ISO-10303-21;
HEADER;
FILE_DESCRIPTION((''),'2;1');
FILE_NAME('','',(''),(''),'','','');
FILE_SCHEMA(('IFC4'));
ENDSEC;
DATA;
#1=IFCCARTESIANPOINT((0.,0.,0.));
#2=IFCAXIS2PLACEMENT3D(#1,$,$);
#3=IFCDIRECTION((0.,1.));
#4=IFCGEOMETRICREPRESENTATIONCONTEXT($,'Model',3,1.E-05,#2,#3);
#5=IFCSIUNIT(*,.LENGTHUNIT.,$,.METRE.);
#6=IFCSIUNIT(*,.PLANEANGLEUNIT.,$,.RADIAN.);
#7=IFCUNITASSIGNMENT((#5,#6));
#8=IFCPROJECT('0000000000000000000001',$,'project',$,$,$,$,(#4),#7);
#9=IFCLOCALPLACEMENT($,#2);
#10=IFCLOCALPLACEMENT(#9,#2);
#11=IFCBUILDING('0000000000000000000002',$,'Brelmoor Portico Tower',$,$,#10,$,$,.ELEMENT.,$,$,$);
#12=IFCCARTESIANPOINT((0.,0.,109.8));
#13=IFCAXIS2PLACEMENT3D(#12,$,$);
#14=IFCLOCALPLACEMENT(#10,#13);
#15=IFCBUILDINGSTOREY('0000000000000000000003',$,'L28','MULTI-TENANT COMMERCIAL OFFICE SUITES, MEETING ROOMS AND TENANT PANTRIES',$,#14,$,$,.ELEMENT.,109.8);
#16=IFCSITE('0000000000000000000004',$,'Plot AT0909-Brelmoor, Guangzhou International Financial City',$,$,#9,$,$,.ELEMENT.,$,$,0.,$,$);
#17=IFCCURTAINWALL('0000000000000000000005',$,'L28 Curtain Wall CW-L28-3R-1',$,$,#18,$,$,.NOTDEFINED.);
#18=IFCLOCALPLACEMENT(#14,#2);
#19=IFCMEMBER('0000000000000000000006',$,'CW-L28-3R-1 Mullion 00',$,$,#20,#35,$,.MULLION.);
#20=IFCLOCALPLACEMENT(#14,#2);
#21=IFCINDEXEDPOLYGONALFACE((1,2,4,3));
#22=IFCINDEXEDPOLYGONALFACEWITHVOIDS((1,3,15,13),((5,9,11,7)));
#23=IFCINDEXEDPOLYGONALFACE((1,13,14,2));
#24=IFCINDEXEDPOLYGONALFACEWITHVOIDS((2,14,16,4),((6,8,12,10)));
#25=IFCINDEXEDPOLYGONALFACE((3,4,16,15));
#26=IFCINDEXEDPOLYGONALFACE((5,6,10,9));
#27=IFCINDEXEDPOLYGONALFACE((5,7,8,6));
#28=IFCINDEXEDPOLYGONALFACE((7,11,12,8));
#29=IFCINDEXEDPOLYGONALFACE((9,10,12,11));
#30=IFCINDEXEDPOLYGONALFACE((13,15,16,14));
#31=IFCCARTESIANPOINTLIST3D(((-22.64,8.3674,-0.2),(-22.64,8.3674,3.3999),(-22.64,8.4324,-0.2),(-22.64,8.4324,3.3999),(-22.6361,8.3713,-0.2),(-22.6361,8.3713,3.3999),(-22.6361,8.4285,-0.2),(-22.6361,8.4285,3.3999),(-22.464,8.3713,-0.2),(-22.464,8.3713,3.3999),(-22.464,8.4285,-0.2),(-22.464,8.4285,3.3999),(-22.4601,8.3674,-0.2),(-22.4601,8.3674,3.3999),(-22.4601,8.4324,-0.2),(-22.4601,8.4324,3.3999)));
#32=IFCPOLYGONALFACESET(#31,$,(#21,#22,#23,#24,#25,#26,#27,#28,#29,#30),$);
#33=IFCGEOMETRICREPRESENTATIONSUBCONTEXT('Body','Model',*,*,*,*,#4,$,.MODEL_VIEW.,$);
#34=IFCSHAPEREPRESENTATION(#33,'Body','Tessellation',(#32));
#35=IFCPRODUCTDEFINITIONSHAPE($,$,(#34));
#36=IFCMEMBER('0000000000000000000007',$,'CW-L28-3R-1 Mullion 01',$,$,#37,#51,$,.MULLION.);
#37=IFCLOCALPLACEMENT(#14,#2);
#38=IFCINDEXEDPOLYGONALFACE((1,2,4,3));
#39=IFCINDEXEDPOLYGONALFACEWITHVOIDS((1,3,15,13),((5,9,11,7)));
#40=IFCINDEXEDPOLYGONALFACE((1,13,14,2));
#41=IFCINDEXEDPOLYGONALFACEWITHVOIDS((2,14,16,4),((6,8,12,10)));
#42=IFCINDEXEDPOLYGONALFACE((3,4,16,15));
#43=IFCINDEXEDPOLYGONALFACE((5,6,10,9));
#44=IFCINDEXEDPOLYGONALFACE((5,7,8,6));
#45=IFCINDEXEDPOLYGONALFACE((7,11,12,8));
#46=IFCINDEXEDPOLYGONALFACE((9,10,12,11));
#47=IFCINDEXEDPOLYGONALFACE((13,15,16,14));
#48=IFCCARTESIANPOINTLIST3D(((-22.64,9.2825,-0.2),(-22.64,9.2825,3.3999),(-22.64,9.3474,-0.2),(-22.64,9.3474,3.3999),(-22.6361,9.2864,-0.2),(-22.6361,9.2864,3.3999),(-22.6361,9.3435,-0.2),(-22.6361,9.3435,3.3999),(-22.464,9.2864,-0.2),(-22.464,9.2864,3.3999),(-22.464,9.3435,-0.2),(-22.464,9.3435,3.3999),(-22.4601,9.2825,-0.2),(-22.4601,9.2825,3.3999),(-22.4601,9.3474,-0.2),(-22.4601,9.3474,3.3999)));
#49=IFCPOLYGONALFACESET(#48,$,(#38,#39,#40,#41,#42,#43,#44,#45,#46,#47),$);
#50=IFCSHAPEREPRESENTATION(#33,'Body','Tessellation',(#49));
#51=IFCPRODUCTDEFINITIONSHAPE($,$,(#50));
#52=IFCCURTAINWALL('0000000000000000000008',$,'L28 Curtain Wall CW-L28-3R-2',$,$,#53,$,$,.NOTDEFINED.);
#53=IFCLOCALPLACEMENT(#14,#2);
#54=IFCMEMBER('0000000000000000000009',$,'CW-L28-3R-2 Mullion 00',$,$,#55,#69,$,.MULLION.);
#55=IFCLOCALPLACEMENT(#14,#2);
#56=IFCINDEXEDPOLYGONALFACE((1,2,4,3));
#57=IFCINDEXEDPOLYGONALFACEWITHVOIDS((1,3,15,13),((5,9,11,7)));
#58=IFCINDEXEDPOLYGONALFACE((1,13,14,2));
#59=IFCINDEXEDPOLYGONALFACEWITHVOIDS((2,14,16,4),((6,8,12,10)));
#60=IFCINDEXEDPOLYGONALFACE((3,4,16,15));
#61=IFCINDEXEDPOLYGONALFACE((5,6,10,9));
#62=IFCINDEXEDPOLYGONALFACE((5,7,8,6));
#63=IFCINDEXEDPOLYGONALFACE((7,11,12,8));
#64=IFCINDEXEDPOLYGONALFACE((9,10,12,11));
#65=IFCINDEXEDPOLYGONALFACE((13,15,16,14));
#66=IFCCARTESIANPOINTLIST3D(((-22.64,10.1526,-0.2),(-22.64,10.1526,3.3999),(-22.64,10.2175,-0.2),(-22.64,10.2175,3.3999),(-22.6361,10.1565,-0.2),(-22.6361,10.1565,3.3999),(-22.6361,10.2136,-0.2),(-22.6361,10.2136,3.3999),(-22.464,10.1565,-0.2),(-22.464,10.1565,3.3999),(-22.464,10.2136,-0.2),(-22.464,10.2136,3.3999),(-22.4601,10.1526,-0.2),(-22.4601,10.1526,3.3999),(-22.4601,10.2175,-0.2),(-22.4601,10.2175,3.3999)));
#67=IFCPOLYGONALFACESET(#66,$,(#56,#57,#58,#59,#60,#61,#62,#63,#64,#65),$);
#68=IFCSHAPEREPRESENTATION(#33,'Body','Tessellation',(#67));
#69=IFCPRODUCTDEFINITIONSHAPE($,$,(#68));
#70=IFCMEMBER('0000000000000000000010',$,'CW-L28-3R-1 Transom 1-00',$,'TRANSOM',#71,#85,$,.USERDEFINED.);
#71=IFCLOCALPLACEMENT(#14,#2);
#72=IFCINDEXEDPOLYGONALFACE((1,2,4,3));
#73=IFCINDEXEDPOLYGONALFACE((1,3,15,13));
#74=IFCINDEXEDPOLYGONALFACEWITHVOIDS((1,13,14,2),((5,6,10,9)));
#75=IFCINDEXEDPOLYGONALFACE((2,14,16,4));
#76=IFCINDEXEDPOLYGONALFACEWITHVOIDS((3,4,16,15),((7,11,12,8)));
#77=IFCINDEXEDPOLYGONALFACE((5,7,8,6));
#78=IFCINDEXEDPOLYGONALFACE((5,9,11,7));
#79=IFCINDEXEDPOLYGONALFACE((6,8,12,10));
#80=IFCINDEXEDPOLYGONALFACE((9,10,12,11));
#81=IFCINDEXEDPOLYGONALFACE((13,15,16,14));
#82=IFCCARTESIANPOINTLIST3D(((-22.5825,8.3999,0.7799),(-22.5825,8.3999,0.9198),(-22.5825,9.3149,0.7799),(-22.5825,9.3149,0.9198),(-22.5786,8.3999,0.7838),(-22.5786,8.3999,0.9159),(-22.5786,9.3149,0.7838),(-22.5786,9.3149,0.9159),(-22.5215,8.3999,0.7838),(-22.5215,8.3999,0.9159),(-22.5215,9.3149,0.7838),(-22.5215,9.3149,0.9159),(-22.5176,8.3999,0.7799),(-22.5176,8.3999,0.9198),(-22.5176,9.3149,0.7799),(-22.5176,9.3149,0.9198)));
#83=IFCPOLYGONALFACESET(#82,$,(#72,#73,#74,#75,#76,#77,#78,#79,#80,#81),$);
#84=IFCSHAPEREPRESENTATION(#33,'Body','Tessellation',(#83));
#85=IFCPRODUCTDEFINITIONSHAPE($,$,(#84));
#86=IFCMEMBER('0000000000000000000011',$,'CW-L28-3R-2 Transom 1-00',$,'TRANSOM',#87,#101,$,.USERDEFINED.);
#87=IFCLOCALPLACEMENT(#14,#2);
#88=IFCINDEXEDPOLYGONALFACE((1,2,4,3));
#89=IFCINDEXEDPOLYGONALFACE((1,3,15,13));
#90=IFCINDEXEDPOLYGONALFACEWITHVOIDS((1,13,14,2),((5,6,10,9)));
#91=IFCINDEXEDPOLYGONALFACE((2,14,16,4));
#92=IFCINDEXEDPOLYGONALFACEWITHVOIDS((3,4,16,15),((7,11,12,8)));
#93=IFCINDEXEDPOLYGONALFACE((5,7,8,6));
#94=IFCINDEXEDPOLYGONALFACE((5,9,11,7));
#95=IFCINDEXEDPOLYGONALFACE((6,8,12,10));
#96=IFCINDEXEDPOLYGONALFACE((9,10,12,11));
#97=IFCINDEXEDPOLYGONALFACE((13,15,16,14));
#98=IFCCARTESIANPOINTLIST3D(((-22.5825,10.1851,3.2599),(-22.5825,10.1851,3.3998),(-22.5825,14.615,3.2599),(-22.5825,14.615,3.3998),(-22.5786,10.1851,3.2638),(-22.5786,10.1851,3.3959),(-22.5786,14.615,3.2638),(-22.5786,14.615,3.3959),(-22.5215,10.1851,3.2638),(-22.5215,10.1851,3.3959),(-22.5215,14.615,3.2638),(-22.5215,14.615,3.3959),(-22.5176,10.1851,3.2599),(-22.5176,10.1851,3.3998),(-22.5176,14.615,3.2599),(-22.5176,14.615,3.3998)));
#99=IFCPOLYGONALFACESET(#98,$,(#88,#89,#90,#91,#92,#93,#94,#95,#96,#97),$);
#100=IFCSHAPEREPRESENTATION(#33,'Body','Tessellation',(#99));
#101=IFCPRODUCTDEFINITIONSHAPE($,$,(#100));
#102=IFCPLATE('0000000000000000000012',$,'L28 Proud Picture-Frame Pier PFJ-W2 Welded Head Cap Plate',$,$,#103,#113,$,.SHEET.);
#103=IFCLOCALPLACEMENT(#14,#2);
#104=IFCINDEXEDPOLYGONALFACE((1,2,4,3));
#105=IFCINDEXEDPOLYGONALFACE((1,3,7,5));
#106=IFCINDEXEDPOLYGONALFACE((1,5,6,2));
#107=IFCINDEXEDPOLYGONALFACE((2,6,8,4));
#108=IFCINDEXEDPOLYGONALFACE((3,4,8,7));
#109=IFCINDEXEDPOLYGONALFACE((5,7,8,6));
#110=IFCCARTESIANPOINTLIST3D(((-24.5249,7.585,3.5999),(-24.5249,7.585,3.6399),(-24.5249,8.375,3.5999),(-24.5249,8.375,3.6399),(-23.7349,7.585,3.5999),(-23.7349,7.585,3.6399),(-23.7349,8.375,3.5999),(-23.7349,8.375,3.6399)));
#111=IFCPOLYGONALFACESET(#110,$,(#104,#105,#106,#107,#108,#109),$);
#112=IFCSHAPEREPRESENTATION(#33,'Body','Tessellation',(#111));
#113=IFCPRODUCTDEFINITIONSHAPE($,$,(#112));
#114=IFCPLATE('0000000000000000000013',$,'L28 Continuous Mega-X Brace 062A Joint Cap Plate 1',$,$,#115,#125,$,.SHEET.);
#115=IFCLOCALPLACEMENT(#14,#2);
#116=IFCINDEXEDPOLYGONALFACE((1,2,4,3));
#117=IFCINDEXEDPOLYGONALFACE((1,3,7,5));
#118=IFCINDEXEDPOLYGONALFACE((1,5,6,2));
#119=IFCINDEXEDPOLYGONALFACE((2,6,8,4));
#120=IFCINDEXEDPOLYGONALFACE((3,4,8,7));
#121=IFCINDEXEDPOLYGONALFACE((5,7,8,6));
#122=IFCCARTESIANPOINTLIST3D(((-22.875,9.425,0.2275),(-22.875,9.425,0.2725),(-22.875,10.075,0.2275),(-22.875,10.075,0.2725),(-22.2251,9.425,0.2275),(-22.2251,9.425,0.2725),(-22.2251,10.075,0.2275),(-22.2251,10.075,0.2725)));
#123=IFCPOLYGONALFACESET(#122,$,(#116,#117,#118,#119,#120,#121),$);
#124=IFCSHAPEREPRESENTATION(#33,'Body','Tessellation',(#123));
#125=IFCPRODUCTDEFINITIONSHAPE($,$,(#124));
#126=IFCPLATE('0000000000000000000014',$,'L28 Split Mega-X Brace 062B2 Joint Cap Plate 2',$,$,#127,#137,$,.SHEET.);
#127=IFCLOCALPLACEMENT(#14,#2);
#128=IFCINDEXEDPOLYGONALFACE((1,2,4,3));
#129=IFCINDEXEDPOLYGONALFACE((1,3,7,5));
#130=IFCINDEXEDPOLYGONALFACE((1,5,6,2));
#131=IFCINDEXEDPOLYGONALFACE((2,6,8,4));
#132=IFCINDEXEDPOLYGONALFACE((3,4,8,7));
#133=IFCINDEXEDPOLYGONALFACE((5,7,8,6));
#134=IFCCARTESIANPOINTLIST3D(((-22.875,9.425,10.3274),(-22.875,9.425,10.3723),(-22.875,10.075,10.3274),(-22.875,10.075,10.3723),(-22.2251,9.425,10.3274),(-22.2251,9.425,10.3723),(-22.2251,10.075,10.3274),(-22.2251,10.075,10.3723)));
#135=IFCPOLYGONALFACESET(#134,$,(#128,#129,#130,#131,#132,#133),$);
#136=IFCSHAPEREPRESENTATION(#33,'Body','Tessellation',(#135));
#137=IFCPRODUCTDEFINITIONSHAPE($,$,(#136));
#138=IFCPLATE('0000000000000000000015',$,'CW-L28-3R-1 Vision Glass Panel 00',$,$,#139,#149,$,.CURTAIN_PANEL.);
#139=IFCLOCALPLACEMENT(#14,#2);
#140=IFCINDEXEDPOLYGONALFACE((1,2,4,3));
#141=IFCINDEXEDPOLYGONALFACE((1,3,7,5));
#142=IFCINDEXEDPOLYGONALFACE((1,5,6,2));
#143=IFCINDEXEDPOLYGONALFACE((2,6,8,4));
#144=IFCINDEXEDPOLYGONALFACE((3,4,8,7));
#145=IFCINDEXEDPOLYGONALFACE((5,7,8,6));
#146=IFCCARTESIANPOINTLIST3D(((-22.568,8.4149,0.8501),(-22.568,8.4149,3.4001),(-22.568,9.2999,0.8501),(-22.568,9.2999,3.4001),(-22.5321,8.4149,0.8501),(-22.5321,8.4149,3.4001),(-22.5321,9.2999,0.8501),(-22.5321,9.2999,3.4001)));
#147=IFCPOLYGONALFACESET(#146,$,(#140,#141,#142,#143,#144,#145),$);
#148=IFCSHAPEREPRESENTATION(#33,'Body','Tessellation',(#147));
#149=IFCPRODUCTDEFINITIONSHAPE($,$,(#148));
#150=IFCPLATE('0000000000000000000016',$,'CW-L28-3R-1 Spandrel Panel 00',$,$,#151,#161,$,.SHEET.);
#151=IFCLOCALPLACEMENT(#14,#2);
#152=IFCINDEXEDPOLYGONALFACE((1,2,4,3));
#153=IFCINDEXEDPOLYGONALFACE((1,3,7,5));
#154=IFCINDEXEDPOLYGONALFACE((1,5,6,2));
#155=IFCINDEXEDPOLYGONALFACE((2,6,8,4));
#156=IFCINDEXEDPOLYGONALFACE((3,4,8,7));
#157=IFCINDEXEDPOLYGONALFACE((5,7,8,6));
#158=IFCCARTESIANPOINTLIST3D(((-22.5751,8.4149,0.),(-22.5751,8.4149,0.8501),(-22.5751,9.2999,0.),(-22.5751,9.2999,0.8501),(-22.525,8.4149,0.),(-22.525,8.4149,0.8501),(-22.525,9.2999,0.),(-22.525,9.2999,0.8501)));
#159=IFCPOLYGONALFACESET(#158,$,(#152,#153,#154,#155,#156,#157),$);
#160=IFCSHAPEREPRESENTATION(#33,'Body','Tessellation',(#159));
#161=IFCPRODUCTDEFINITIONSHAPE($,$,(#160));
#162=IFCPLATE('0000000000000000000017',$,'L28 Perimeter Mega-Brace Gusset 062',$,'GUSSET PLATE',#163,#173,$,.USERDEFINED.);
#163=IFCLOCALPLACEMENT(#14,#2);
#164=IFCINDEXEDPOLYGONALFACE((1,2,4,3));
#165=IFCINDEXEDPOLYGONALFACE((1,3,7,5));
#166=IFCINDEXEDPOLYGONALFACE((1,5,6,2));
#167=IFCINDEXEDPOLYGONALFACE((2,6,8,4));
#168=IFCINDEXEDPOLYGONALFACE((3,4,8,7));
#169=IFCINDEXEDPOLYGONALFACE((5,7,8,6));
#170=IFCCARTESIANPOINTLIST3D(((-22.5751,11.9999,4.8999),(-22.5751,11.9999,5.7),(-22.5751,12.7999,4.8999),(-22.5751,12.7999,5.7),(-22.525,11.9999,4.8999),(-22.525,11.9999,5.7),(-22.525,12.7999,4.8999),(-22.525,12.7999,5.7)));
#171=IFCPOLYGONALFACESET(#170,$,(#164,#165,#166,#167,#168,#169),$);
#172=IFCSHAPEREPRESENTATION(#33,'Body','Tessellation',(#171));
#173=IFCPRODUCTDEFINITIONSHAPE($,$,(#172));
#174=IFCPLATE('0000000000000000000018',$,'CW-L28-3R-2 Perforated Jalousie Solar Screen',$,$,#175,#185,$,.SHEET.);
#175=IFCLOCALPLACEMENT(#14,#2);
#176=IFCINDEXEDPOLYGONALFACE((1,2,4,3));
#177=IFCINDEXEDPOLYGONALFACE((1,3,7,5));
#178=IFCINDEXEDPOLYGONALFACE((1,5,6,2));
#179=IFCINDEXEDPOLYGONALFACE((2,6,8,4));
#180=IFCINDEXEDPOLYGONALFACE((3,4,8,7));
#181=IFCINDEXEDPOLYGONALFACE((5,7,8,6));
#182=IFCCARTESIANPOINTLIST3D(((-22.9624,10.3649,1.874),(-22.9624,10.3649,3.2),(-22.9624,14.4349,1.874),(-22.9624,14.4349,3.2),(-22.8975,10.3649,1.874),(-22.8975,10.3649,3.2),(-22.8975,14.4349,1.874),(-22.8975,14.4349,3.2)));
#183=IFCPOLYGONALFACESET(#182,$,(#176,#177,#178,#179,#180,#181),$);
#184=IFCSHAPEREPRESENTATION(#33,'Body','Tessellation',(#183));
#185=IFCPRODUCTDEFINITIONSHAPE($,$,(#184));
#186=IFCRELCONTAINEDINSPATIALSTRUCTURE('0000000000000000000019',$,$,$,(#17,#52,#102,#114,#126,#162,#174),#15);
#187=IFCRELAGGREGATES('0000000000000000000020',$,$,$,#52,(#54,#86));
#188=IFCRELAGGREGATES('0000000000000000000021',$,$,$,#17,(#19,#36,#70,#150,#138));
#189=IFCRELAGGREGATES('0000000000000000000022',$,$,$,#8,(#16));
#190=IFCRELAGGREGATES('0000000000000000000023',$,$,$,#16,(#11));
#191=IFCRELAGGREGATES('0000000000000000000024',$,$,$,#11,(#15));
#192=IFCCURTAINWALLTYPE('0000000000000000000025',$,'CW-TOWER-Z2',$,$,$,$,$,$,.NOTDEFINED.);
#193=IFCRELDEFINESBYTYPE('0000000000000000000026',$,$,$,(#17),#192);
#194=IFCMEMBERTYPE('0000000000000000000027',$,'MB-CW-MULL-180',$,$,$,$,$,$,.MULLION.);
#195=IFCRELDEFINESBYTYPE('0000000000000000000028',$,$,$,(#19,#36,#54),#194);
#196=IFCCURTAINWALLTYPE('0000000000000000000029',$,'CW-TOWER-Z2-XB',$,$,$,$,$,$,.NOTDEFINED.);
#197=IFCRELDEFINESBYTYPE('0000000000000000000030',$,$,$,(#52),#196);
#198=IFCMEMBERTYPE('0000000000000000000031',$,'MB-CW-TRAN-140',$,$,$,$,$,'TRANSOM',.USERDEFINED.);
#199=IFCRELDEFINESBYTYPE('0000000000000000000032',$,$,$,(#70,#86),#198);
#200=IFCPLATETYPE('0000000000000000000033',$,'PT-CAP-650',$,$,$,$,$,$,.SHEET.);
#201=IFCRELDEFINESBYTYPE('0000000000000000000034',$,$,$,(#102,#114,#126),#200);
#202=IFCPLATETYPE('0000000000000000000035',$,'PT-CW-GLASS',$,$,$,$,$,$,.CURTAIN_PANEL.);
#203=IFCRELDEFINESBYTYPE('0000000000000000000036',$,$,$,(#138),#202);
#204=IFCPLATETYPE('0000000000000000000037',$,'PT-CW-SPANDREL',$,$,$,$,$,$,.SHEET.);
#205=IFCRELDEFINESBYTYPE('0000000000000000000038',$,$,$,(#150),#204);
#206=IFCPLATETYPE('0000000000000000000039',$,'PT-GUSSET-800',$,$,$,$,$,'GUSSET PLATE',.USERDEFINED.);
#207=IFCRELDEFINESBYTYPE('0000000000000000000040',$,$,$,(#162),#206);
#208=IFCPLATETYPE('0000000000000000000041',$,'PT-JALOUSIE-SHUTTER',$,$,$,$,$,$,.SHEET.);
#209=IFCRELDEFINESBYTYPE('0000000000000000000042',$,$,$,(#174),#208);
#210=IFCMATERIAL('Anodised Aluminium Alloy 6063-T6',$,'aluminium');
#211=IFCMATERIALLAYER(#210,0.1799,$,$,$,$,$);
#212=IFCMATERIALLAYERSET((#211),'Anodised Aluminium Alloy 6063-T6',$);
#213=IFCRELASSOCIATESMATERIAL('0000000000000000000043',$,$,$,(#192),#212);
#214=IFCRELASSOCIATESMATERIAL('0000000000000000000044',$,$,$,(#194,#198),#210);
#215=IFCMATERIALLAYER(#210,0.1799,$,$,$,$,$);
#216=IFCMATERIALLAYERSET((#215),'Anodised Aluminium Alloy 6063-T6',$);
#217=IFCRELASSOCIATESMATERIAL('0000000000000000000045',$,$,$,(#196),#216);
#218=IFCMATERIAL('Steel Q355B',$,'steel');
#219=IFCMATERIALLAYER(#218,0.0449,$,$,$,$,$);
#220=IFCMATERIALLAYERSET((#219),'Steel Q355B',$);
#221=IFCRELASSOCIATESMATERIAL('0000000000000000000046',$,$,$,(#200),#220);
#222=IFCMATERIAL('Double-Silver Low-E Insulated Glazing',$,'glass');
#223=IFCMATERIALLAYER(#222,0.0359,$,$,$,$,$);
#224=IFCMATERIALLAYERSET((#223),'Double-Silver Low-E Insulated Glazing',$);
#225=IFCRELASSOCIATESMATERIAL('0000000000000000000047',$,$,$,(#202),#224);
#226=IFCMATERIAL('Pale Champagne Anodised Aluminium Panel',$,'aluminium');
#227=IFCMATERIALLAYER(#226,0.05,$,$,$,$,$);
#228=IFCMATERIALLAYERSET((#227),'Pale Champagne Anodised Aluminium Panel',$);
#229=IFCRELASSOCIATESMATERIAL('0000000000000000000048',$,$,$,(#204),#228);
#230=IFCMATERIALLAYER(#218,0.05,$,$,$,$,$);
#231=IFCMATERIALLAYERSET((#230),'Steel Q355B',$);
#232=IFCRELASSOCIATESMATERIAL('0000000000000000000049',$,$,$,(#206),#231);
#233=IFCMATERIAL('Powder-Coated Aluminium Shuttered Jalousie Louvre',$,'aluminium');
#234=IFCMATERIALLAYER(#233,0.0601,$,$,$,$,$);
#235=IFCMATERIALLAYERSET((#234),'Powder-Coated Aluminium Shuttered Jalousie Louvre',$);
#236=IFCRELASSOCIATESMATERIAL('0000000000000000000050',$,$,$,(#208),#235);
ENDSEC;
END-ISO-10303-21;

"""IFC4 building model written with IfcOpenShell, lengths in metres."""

from ifc_helpers import new_model, si_unit, direction, frame, origin, origin_2d, place, context, subcontext, project, spatial, rectangle, hollow_rectangle, extrude, material, layer, layer_set, material_profile, profile_set, type_object, element, aggregate, save


model = new_model("IFC4")

# Units and contexts
model_context = context("Model", 3, precision=1e-05, world=origin(), true_north=direction((0.0, 1.0)))
body_context = subcontext(model_context, "Body", "Model", "MODEL_VIEW")
ifc_project = project(units=[si_unit("LENGTHUNIT", "METRE"), si_unit("PLANEANGLEUNIT", "RADIAN")], contexts=[model_context])

# Site, building, storey
site_placement = place(None, origin())
site = spatial("IfcSite", under=ifc_project, at=site_placement, Name="Plot AT0909-Brelmoor, Guangzhou International Financial City", CompositionType="ELEMENT", RefElevation=0.0)
building_placement = place(site_placement, origin())
building = spatial("IfcBuilding", under=site, at=building_placement, Name="Brelmoor Portico Tower", CompositionType="ELEMENT")
storey_placement = place(building_placement, frame((0.0, 0.0, 109.8)))
storey = spatial("IfcBuildingStorey", under=building, at=storey_placement, Name="L28", Description="MULTI-TENANT COMMERCIAL OFFICE SUITES, MEETING ROOMS AND TENANT PANTRIES", CompositionType="ELEMENT", Elevation=109.8)

# Shared definitions
ifc_material_1 = material(Name="Steel Q355B", Category="steel")

# Curtain wall, members
ifc_material_2 = material(Name="Anodised Aluminium Alloy 6063-T6", Category="aluminium")
ifc_layer_1 = layer(ifc_material_2, 0.1799)
ifc_layer_set_1 = layer_set([ifc_layer_1], Name="Anodised Aluminium Alloy 6063-T6")
curtain_wall_type_1 = type_object("IfcCurtainWallType", Name="CW-TOWER-Z2", PredefinedType="NOTDEFINED", material=ifc_layer_set_1)
curtain_wall_1_placement = place(storey_placement, origin())
curtain_wall_1 = element("IfcCurtainWall", 1, at=curtain_wall_1_placement, inside=storey, type_object=curtain_wall_type_1, Name="L28 Curtain Wall CW-L28-3R-1", PredefinedType="NOTDEFINED")
ifc_material_profile_1 = material_profile(ifc_material_2, hollow_rectangle(XDim=0.0649, YDim=0.1799, WallThickness=0.0039, at=origin_2d()), Name="ALU MULLION 65x180")
ifc_profile_set_1 = profile_set([ifc_material_profile_1], Name="Anodised Aluminium Alloy 6063-T6")
member_type_1 = type_object("IfcMemberType", Name="MB-CW-MULL-180", PredefinedType="MULLION", material=ifc_profile_set_1)
member_1_placement = place(storey_placement, frame((-22.55, 8.3999, -0.2), z_axis=(0.0, 0.0, 1.0), x_axis=(0.0, 1.0, 0.0)))
member_1 = element("IfcMember", 2, at=member_1_placement, type_object=member_type_1, Name="CW-L28-3R-1 Mullion 00", PredefinedType="MULLION", context=body_context, shape_type="SweptSolid", body=[
    extrude(hollow_rectangle(XDim=0.0649, YDim=0.1799, WallThickness=0.0039, at=origin_2d()), origin(), (0.0, 0.0, 1.0), 3.5999),
])
member_2_placement = place(storey_placement, frame((-22.55, 9.3149, -0.2), z_axis=(0.0, 0.0, 1.0), x_axis=(0.0, 1.0, 0.0)))
member_2 = element("IfcMember", 3, at=member_2_placement, type_object=member_type_1, Name="CW-L28-3R-1 Mullion 01", PredefinedType="MULLION", context=body_context, shape_type="SweptSolid", body=[
    extrude(hollow_rectangle(XDim=0.0649, YDim=0.1799, WallThickness=0.0039, at=origin_2d()), origin(), (0.0, 0.0, 1.0), 3.5999),
])

# Curtain wall, member
ifc_layer_2 = layer(ifc_material_2, 0.1799)
ifc_layer_set_2 = layer_set([ifc_layer_2], Name="Anodised Aluminium Alloy 6063-T6")
curtain_wall_type_2 = type_object("IfcCurtainWallType", Name="CW-TOWER-Z2-XB", PredefinedType="NOTDEFINED", material=ifc_layer_set_2)
curtain_wall_2_placement = place(storey_placement, origin())
curtain_wall_2 = element("IfcCurtainWall", 4, at=curtain_wall_2_placement, inside=storey, type_object=curtain_wall_type_2, Name="L28 Curtain Wall CW-L28-3R-2", PredefinedType="NOTDEFINED")
member_3_placement = place(storey_placement, frame((-22.55, 10.1851, -0.2), z_axis=(0.0, 0.0, 1.0), x_axis=(0.0, 1.0, 0.0)))
member_3 = element("IfcMember", 5, at=member_3_placement, type_object=member_type_1, Name="CW-L28-3R-2 Mullion 00", PredefinedType="MULLION", context=body_context, shape_type="SweptSolid", body=[
    extrude(hollow_rectangle(XDim=0.0649, YDim=0.1799, WallThickness=0.0039, at=origin_2d()), origin(), (0.0, 0.0, 1.0), 3.5999),
])

# Members
ifc_material_profile_2 = material_profile(ifc_material_2, hollow_rectangle(XDim=0.0649, YDim=0.1399, WallThickness=0.0039, at=origin_2d()), Name="ALU TRANSOM 65x140")
ifc_profile_set_2 = profile_set([ifc_material_profile_2], Name="Anodised Aluminium Alloy 6063-T6")
member_type_2 = type_object("IfcMemberType", Name="MB-CW-TRAN-140", ElementType="TRANSOM", PredefinedType="USERDEFINED", material=ifc_profile_set_2)
member_4_placement = place(storey_placement, frame((-22.55, 8.3999, 0.8499), z_axis=(0.0, 1.0, 0.0), x_axis=(-1.0, 0.0, 0.0)))
member_4 = element("IfcMember", 6, at=member_4_placement, type_object=member_type_2, Name="CW-L28-3R-1 Transom 1-00", ObjectType="TRANSOM", PredefinedType="USERDEFINED", context=body_context, shape_type="SweptSolid", body=[
    extrude(hollow_rectangle(XDim=0.0649, YDim=0.1399, WallThickness=0.0039, at=origin_2d()), origin(), (0.0, 0.0, 1.0), 0.915),
])
member_5_placement = place(storey_placement, frame((-22.55, 10.1851, 3.3298), z_axis=(0.0, 1.0, 0.0), x_axis=(-1.0, 0.0, 0.0)))
member_5 = element("IfcMember", 7, at=member_5_placement, type_object=member_type_2, Name="CW-L28-3R-2 Transom 1-00", ObjectType="TRANSOM", PredefinedType="USERDEFINED", context=body_context, shape_type="SweptSolid", body=[
    extrude(hollow_rectangle(XDim=0.0649, YDim=0.1399, WallThickness=0.0039, at=origin_2d()), origin(), (0.0, 0.0, 1.0), 4.4299),
])
aggregate(curtain_wall_2, [member_3, member_5])

# Plates
ifc_layer_3 = layer(ifc_material_1, 0.0449)
ifc_layer_set_3 = layer_set([ifc_layer_3], Name="Steel Q355B")
plate_type_1 = type_object("IfcPlateType", Name="PT-CAP-650", PredefinedType="SHEET", material=ifc_layer_set_3)
plate_1_placement = place(storey_placement, frame((-24.1299, 7.98, 3.5999), z_axis=(0.0, 0.0, 1.0), x_axis=(0.0, 1.0, 0.0)))
element("IfcPlate", 8, at=plate_1_placement, inside=storey, type_object=plate_type_1, Name="L28 Proud Picture-Frame Pier PFJ-W2 Welded Head Cap Plate", PredefinedType="SHEET", context=body_context, shape_type="SweptSolid", body=[
    extrude(rectangle(XDim=0.79, YDim=0.79, at=origin_2d()), origin(), (0.0, 0.0, 1.0), 0.04),
])
for number, where, z_axis, x_axis, name in (
    (9, (-22.55, 9.75, 0.2275), (0.0, 0.0, 1.0), (1.0, 0.0, 0.0), "L28 Continuous Mega-X Brace 062A Joint Cap Plate 1"),
    (10, (-22.55, 9.75, 10.3274), (0.0, 0.0, 1.0), (1.0, 0.0, 0.0), "L28 Split Mega-X Brace 062B2 Joint Cap Plate 2"),
):
    element("IfcPlate", number, at=place(storey_placement, frame(where, z_axis=z_axis, x_axis=x_axis)), inside=storey, type_object=plate_type_1, Name=name, PredefinedType="SHEET", context=body_context, shape_type="SweptSolid", body=[
        extrude(rectangle(XDim=0.6499, YDim=0.6499, at=origin_2d()), origin(), (0.0, 0.0, 1.0), 0.0449),
    ])

# Plates
ifc_material_3 = material(Name="Double-Silver Low-E Insulated Glazing", Category="glass")
ifc_layer_4 = layer(ifc_material_3, 0.0359)
ifc_layer_set_4 = layer_set([ifc_layer_4], Name="Double-Silver Low-E Insulated Glazing")
plate_type_2 = type_object("IfcPlateType", Name="PT-CW-GLASS", PredefinedType="CURTAIN_PANEL", material=ifc_layer_set_4)
plate_2_placement = place(storey_placement, frame((-22.55, 8.8574, 0.8501), z_axis=(0.0, 0.0, 1.0), x_axis=(0.0, 1.0, 0.0)))
plate_2 = element("IfcPlate", 11, at=plate_2_placement, type_object=plate_type_2, Name="CW-L28-3R-1 Vision Glass Panel 00", PredefinedType="CURTAIN_PANEL", context=body_context, shape_type="SweptSolid", body=[
    extrude(rectangle(XDim=0.885, YDim=0.0359, at=origin_2d()), origin(), (0.0, 0.0, 1.0), 2.55),
])
ifc_material_4 = material(Name="Pale Champagne Anodised Aluminium Panel", Category="aluminium")
ifc_layer_5 = layer(ifc_material_4, 0.05)
ifc_layer_set_5 = layer_set([ifc_layer_5], Name="Pale Champagne Anodised Aluminium Panel")
plate_type_3 = type_object("IfcPlateType", Name="PT-CW-SPANDREL", PredefinedType="SHEET", material=ifc_layer_set_5)
plate_3_placement = place(storey_placement, frame((-22.55, 8.8574, 0.0), z_axis=(0.0, 0.0, 1.0), x_axis=(0.0, 1.0, 0.0)))
plate_3 = element("IfcPlate", 12, at=plate_3_placement, type_object=plate_type_3, Name="CW-L28-3R-1 Spandrel Panel 00", PredefinedType="SHEET", context=body_context, shape_type="SweptSolid", body=[
    extrude(rectangle(XDim=0.885, YDim=0.05, at=origin_2d()), origin(), (0.0, 0.0, 1.0), 0.8501),
])
aggregate(curtain_wall_1, [member_1, member_2, member_4, plate_3, plate_2])

# Plates
ifc_layer_6 = layer(ifc_material_1, 0.05)
ifc_layer_set_6 = layer_set([ifc_layer_6], Name="Steel Q355B")
plate_type_4 = type_object("IfcPlateType", Name="PT-GUSSET-800", ElementType="GUSSET PLATE", PredefinedType="USERDEFINED", material=ifc_layer_set_6)
plate_4_placement = place(storey_placement, frame((-22.55, 12.3999, 4.8999), z_axis=(0.0, 0.0, 1.0), x_axis=(1.0, 0.0, 0.0)))
element("IfcPlate", 13, at=plate_4_placement, inside=storey, type_object=plate_type_4, Name="L28 Perimeter Mega-Brace Gusset 062", ObjectType="GUSSET PLATE", PredefinedType="USERDEFINED", context=body_context, shape_type="SweptSolid", body=[
    extrude(rectangle(XDim=0.05, YDim=0.8, at=origin_2d()), origin(), (0.0, 0.0, 1.0), 0.8),
])
ifc_material_5 = material(Name="Powder-Coated Aluminium Shuttered Jalousie Louvre", Category="aluminium")
ifc_layer_7 = layer(ifc_material_5, 0.0601)
ifc_layer_set_7 = layer_set([ifc_layer_7], Name="Powder-Coated Aluminium Shuttered Jalousie Louvre")
plate_type_5 = type_object("IfcPlateType", Name="PT-JALOUSIE-SHUTTER", PredefinedType="SHEET", material=ifc_layer_set_7)
plate_5_placement = place(storey_placement, frame((-22.9299, 12.3999, 1.874), z_axis=(0.0, 0.0, 1.0), x_axis=(0.0, 1.0, 0.0)))
element("IfcPlate", 14, at=plate_5_placement, inside=storey, type_object=plate_type_5, Name="CW-L28-3R-2 Perforated Jalousie Solar Screen", PredefinedType="SHEET", context=body_context, shape_type="SweptSolid", body=[
    extrude(rectangle(XDim=4.0701, YDim=0.0649, at=origin_2d()), origin(), (0.0, 0.0, 1.0), 1.3259),
])

save(model, "model.ifc")
